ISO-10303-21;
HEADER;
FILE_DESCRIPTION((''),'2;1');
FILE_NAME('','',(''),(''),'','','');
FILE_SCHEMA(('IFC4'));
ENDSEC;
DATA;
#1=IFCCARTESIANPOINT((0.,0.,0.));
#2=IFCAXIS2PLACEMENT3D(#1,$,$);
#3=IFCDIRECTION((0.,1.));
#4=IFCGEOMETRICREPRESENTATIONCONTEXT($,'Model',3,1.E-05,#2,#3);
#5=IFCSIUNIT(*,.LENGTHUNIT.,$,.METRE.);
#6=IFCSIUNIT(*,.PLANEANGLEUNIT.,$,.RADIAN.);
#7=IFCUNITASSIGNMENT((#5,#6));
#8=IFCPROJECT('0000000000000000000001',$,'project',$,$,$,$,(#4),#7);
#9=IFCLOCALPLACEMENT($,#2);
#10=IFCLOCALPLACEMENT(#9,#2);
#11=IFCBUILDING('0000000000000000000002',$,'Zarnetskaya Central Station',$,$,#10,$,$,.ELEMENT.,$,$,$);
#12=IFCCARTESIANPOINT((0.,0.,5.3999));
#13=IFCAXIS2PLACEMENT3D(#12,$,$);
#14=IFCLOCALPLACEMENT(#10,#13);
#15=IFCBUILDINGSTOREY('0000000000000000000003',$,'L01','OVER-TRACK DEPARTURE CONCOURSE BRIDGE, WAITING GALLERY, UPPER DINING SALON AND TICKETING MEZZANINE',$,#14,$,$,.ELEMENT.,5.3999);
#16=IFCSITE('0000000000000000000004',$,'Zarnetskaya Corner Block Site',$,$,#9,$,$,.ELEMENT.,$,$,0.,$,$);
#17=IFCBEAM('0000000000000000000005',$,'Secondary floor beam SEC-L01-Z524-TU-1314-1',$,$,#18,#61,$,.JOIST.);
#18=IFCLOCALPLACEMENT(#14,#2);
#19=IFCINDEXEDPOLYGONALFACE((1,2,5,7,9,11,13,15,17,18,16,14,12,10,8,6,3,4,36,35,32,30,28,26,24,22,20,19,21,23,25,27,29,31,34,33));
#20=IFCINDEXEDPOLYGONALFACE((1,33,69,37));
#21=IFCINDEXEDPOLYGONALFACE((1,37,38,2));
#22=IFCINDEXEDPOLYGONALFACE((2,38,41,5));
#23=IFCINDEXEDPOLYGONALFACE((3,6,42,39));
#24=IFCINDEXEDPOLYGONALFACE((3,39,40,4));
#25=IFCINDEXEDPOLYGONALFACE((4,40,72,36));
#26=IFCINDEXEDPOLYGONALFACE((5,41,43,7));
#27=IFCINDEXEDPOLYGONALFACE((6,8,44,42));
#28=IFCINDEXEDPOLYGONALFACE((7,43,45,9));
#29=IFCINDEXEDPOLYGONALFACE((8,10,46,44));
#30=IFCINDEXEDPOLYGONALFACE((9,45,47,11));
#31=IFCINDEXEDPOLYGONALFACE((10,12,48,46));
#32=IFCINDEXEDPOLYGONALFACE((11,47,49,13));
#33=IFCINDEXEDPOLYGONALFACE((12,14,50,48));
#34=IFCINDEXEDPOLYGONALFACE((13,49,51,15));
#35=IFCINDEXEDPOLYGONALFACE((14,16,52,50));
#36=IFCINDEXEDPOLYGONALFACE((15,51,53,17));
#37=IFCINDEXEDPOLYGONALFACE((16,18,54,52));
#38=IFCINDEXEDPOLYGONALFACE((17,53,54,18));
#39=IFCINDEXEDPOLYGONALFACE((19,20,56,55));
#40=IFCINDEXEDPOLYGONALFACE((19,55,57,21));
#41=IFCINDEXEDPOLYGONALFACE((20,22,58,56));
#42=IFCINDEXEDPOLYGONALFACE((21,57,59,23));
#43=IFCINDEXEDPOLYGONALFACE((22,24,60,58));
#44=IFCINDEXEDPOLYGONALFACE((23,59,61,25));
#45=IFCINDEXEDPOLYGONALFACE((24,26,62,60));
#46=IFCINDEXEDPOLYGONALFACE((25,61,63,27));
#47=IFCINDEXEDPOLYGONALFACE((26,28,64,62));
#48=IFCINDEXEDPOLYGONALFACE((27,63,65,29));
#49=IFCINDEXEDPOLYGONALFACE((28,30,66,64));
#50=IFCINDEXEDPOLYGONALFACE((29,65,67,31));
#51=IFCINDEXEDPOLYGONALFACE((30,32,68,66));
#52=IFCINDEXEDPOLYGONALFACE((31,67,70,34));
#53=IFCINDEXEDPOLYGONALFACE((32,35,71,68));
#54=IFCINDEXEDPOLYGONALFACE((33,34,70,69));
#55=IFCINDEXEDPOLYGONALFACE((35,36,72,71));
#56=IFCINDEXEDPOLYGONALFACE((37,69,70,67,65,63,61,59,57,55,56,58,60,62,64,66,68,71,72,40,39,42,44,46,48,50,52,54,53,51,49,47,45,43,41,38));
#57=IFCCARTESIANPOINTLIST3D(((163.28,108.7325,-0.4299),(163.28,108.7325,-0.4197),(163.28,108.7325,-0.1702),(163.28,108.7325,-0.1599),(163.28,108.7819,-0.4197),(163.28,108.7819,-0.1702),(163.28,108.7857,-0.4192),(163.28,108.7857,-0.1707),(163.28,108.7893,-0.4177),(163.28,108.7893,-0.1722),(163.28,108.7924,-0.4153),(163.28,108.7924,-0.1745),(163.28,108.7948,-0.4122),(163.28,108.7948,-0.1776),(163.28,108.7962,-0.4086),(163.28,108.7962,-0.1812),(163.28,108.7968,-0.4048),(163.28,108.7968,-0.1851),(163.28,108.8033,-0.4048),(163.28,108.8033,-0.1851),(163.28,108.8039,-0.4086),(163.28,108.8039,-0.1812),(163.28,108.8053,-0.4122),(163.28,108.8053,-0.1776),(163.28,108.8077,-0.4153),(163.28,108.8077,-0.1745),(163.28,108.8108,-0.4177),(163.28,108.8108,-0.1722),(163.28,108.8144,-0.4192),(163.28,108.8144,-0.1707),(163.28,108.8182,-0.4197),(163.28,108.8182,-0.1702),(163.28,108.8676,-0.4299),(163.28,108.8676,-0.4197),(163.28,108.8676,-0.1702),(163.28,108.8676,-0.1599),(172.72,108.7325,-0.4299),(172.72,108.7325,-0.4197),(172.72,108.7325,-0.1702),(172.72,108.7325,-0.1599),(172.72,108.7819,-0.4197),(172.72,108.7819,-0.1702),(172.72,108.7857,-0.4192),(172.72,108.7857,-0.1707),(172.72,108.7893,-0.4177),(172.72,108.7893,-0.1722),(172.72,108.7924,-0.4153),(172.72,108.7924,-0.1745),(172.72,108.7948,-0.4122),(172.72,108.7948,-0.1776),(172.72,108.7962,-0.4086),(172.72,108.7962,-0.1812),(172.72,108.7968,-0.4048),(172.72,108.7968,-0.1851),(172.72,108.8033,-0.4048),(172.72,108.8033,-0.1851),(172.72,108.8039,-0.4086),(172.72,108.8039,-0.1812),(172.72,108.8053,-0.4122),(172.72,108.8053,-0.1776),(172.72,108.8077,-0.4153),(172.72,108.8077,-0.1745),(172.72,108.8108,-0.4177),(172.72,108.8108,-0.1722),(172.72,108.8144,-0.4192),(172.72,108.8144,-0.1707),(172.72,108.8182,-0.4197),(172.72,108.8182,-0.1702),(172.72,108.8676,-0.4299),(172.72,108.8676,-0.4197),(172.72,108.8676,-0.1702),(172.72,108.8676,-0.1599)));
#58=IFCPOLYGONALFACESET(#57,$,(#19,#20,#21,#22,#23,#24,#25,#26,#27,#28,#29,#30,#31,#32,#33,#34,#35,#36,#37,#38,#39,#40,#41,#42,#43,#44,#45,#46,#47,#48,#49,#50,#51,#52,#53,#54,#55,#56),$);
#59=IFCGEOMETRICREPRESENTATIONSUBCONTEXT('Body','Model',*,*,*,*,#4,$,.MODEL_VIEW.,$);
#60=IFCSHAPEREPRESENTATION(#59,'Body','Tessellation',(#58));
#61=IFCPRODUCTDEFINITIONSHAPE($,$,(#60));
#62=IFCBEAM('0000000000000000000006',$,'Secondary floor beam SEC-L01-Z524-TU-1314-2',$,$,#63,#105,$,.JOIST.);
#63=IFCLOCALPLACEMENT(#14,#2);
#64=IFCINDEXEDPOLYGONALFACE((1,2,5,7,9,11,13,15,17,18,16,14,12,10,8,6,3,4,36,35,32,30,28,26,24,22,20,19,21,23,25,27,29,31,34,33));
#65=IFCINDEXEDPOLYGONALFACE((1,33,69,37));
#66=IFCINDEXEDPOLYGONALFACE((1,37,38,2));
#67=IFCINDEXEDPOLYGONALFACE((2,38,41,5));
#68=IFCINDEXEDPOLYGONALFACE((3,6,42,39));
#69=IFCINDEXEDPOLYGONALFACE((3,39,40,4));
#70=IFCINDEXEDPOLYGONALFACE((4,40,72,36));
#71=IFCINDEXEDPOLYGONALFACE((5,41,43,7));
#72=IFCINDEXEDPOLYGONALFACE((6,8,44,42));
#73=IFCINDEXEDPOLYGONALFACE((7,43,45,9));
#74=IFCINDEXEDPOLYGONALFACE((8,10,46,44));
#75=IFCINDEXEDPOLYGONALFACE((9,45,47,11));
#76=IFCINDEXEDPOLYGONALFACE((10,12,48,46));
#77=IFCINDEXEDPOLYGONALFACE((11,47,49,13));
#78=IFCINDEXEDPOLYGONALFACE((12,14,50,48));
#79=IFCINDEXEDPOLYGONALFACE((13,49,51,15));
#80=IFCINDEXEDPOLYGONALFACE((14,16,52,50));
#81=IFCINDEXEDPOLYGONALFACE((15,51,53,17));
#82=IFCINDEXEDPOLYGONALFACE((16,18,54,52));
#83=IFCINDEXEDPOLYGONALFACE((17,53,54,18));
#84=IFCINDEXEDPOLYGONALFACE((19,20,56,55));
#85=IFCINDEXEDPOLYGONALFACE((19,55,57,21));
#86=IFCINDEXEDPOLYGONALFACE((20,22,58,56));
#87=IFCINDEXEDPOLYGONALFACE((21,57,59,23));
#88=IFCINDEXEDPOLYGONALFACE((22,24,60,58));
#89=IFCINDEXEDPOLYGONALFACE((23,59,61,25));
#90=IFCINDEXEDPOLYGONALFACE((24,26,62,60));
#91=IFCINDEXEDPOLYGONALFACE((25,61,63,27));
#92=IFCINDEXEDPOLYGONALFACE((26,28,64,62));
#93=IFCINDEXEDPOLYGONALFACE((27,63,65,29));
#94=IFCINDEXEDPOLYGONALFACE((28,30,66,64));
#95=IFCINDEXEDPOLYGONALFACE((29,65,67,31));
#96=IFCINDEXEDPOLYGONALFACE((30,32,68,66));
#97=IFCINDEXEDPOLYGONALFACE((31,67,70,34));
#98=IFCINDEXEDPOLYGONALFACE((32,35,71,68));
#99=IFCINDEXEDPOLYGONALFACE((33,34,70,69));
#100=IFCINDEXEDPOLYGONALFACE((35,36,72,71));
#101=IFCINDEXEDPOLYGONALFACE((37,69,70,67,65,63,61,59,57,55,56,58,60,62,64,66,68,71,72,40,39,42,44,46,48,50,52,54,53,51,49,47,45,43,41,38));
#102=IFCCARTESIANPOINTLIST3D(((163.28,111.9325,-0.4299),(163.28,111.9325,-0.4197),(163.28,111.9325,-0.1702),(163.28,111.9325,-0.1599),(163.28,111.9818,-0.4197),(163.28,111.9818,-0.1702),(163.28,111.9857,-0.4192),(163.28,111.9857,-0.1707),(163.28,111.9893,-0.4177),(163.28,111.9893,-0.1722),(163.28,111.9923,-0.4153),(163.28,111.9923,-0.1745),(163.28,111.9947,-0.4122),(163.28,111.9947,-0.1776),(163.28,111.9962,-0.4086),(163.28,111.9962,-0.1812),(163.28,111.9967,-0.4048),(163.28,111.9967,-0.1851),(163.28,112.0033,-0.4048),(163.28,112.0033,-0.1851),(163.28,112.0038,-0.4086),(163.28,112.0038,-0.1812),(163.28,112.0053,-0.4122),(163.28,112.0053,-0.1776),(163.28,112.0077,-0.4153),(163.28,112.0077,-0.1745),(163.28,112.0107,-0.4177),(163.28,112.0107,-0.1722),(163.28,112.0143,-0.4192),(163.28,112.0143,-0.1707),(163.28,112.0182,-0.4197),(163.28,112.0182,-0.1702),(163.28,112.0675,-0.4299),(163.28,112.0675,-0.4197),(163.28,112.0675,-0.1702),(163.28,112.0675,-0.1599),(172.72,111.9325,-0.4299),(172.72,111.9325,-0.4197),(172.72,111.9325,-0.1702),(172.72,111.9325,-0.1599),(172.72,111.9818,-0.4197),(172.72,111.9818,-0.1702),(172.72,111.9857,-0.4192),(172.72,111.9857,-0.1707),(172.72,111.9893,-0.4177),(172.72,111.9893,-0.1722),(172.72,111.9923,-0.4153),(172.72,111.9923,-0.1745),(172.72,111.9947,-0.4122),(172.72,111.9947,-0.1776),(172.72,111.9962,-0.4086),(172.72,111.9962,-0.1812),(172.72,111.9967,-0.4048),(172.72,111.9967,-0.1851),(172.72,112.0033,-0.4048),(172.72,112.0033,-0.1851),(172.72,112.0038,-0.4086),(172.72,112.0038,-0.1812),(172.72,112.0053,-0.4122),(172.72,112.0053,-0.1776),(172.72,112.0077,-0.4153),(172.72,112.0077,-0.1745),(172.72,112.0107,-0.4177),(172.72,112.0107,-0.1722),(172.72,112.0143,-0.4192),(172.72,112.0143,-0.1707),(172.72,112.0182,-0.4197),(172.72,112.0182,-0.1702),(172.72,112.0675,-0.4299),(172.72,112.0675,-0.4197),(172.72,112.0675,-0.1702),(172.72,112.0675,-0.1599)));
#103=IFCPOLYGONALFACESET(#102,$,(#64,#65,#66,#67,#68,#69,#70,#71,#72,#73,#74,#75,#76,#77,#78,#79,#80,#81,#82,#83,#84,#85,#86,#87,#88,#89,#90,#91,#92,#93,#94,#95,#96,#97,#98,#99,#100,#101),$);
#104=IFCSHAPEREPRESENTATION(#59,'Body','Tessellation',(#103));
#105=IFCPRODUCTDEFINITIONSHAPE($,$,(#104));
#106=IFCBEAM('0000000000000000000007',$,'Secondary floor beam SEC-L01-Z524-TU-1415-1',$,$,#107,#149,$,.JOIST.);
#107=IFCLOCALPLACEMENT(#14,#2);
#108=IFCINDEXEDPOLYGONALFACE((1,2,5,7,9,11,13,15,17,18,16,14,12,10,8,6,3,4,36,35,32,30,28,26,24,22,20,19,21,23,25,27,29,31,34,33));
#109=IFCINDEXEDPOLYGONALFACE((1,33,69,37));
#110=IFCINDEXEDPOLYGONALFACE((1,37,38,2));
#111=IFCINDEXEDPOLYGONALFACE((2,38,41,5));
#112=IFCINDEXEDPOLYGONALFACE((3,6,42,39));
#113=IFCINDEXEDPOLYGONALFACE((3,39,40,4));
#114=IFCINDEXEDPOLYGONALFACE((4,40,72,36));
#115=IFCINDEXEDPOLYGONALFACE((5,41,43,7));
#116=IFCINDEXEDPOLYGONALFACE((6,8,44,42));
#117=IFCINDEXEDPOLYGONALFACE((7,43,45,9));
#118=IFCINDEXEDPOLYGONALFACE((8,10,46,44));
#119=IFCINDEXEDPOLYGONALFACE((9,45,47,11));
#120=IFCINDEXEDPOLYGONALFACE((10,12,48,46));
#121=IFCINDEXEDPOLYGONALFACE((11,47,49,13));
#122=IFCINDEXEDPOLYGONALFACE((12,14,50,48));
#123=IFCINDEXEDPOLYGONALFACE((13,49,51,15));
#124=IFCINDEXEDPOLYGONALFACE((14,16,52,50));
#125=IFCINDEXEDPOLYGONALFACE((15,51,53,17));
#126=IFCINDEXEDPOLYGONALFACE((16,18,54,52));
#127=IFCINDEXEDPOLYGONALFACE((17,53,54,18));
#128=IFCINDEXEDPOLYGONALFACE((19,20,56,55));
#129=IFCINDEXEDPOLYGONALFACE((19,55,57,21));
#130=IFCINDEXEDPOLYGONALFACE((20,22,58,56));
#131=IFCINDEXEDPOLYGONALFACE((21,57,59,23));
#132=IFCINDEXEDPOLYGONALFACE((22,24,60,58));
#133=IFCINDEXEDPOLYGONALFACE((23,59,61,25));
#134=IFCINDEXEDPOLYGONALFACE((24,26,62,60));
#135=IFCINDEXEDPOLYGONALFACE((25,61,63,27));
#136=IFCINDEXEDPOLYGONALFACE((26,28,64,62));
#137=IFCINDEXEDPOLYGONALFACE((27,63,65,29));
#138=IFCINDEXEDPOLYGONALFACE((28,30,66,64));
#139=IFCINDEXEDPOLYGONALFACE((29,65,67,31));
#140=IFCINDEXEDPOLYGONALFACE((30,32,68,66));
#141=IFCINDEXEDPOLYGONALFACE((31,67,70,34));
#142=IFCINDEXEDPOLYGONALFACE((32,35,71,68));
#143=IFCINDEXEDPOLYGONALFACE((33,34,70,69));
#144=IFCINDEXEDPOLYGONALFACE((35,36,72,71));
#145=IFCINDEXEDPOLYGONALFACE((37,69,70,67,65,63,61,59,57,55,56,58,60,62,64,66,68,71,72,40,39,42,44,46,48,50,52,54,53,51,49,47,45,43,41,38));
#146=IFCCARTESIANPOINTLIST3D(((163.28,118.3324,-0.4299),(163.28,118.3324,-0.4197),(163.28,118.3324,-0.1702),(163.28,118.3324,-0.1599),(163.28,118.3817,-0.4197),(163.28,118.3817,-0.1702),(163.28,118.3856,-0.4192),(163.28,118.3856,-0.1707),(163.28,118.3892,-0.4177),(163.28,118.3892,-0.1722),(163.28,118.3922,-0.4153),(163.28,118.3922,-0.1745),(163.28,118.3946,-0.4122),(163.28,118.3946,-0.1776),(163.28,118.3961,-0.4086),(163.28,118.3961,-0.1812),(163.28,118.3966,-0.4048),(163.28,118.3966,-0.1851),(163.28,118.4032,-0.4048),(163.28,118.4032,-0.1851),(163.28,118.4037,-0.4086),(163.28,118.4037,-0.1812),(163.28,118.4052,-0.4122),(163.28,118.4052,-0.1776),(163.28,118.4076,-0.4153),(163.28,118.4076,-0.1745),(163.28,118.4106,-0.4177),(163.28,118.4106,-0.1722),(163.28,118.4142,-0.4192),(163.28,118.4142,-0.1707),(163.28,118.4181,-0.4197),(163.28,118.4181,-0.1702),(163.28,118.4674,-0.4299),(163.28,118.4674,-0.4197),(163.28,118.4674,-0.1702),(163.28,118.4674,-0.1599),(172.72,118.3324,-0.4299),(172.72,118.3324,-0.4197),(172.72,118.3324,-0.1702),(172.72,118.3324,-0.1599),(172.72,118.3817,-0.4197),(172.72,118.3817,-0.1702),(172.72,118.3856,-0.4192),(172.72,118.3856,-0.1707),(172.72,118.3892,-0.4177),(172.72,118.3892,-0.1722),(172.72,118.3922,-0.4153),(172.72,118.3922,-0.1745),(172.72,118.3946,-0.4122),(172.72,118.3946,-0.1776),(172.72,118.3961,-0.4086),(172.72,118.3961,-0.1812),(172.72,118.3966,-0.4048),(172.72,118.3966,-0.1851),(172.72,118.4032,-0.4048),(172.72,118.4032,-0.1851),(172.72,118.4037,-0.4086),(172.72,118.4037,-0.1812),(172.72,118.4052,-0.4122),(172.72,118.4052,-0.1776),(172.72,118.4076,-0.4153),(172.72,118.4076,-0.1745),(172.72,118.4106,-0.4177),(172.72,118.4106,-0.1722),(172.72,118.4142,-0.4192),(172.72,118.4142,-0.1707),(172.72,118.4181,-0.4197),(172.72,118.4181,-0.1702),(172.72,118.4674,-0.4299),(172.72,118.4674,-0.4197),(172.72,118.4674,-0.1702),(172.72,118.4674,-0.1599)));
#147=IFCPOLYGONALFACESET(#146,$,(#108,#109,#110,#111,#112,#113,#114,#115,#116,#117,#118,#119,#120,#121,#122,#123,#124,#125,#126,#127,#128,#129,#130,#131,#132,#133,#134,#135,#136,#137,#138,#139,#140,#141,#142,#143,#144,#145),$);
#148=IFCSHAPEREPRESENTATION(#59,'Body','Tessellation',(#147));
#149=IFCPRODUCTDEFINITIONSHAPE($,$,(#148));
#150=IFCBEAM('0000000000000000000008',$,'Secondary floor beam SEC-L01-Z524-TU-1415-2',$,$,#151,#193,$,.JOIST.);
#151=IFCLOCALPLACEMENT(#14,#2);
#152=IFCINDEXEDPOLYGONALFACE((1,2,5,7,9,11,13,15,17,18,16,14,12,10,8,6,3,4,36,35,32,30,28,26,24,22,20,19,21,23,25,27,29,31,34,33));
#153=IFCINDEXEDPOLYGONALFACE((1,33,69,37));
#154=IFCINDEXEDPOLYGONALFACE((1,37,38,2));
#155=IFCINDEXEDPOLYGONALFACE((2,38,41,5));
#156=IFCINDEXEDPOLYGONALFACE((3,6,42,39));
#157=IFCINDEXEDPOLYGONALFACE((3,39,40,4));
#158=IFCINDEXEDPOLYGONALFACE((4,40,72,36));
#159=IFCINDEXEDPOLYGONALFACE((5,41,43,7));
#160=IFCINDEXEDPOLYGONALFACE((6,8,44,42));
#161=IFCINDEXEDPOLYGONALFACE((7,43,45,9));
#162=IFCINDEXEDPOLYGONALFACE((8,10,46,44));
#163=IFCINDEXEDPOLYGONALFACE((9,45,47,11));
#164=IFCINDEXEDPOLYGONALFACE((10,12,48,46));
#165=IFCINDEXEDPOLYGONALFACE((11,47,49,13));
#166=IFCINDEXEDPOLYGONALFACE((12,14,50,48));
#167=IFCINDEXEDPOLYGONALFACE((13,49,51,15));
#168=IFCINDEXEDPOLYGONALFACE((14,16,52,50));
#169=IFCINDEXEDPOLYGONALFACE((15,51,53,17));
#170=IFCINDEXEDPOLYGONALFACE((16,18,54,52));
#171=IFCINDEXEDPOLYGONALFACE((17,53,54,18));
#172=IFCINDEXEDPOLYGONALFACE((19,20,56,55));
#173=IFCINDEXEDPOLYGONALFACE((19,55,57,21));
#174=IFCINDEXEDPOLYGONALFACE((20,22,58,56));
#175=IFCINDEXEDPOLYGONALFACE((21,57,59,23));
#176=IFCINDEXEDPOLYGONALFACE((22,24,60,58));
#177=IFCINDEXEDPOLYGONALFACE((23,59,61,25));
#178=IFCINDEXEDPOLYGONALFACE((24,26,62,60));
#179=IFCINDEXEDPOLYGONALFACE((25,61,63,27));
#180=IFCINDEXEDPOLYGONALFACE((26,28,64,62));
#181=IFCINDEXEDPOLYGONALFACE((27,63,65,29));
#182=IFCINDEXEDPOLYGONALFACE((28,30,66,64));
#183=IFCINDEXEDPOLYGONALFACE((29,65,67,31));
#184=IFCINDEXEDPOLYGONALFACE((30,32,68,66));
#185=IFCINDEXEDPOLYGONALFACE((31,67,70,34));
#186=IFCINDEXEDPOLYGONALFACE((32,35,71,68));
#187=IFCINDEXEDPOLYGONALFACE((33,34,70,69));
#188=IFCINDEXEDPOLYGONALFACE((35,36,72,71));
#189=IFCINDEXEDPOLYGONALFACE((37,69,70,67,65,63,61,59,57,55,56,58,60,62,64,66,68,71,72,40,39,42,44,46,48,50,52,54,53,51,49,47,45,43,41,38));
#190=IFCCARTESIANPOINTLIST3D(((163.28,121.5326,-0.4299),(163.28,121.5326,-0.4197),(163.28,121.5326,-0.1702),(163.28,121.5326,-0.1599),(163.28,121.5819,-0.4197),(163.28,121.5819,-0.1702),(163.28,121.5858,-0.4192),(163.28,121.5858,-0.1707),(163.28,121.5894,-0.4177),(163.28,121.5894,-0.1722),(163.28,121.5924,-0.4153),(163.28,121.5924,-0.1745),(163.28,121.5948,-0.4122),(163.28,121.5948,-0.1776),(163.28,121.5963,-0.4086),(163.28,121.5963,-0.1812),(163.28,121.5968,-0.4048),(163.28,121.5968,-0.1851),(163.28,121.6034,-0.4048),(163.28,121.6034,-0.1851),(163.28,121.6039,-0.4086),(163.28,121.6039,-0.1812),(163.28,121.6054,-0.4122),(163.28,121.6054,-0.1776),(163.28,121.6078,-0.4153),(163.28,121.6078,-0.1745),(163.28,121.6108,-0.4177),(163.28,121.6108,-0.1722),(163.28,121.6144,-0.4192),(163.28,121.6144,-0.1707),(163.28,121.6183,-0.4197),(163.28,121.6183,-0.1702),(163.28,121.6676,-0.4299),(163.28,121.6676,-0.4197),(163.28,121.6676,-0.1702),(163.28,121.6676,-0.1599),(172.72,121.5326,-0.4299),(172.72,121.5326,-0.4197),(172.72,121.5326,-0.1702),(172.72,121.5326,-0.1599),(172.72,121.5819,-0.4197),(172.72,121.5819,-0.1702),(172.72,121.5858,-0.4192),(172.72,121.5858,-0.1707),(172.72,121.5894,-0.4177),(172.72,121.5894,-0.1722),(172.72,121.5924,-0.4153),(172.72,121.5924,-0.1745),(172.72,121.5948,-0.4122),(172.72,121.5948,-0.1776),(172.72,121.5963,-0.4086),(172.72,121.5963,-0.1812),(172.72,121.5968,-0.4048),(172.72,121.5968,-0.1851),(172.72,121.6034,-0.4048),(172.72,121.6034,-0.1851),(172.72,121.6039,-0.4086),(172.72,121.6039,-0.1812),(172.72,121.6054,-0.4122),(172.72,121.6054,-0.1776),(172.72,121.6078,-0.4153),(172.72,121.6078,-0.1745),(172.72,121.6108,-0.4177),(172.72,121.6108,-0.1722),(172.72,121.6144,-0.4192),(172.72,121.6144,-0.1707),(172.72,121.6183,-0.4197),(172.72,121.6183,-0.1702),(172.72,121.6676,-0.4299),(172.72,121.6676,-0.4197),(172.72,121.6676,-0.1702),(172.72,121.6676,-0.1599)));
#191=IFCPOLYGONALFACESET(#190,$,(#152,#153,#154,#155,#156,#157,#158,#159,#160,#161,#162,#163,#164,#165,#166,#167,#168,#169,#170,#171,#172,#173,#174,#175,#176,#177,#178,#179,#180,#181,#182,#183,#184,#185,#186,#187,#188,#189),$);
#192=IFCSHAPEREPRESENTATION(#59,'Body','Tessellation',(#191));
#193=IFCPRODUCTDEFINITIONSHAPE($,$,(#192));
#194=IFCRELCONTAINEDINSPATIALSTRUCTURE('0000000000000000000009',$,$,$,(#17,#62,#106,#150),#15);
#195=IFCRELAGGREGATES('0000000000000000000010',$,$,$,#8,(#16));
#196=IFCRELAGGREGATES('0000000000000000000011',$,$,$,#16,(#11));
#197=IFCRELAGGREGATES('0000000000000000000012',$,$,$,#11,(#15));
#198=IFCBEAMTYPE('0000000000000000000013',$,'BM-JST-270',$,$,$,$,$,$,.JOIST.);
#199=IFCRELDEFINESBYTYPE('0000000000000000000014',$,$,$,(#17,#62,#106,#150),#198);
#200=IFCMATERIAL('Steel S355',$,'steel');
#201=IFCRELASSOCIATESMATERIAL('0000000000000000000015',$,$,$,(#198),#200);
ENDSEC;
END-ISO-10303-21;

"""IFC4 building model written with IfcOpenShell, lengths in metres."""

from ifc_helpers import new_model, si_unit, direction, frame, origin, origin_2d, place, context, subcontext, project, spatial, i_section, extrude, material, material_profile, profile_set, type_object, element, save


model = new_model("IFC4")

# Units and contexts
model_context = context("Model", 3, precision=1e-05, world=origin(), true_north=direction((0.0, 1.0)))
body_context = subcontext(model_context, "Body", "Model", "MODEL_VIEW")
ifc_project = project(units=[si_unit("LENGTHUNIT", "METRE"), si_unit("PLANEANGLEUNIT", "RADIAN")], contexts=[model_context])

# Site, building, storey
site_placement = place(None, origin())
site = spatial("IfcSite", under=ifc_project, at=site_placement, Name="Zarnetskaya Corner Block Site", CompositionType="ELEMENT", RefElevation=0.0)
building_placement = place(site_placement, origin())
building = spatial("IfcBuilding", under=site, at=building_placement, Name="Zarnetskaya Central Station", CompositionType="ELEMENT")
storey_placement = place(building_placement, frame((0.0, 0.0, 5.3999)))
storey = spatial("IfcBuildingStorey", under=building, at=storey_placement, Name="L01", Description="OVER-TRACK DEPARTURE CONCOURSE BRIDGE, WAITING GALLERY, UPPER DINING SALON AND TICKETING MEZZANINE", CompositionType="ELEMENT", Elevation=5.3999)

# Beams
ifc_material = material(Name="Steel S355", Category="steel")
ifc_material_profile_1 = material_profile(ifc_material, i_section(OverallWidth=0.135, OverallDepth=0.27, WebThickness=0.0066, FlangeThickness=0.0103, FilletRadius=0.0149, at=origin_2d()), Name="IPE 270")
ifc_profile_set_1 = profile_set([ifc_material_profile_1], Name="Steel S355")
beam_type_1 = type_object("IfcBeamType", Name="BM-JST-270", PredefinedType="JOIST", material=ifc_profile_set_1)
for number, where, z_axis, x_axis, name in (
    (1, (163.28, 108.8, -0.2949), (1.0, 0.0, 0.0), (0.0, 1.0, 0.0), "Secondary floor beam SEC-L01-Z524-TU-1314-1"),
    (2, (163.28, 112.0, -0.2949), (1.0, 0.0, 0.0), (0.0, 1.0, 0.0), "Secondary floor beam SEC-L01-Z524-TU-1314-2"),
    (3, (163.28, 118.3999, -0.2949), (1.0, 0.0, 0.0), (0.0, 1.0, 0.0), "Secondary floor beam SEC-L01-Z524-TU-1415-1"),
    (4, (163.28, 121.6001, -0.2949), (1.0, 0.0, 0.0), (0.0, 1.0, 0.0), "Secondary floor beam SEC-L01-Z524-TU-1415-2"),
):
    element("IfcBeam", number, at=place(storey_placement, frame(where, z_axis=z_axis, x_axis=x_axis)), inside=storey, type_object=beam_type_1, Name=name, PredefinedType="JOIST", context=body_context, shape_type="SweptSolid", body=[
        extrude(i_section(OverallWidth=0.135, OverallDepth=0.27, WebThickness=0.0066, FlangeThickness=0.0103, FilletRadius=0.0149, at=origin_2d()), origin(), (0.0, 0.0, 1.0), 9.4399),
    ])

save(model, "model.ifc")
